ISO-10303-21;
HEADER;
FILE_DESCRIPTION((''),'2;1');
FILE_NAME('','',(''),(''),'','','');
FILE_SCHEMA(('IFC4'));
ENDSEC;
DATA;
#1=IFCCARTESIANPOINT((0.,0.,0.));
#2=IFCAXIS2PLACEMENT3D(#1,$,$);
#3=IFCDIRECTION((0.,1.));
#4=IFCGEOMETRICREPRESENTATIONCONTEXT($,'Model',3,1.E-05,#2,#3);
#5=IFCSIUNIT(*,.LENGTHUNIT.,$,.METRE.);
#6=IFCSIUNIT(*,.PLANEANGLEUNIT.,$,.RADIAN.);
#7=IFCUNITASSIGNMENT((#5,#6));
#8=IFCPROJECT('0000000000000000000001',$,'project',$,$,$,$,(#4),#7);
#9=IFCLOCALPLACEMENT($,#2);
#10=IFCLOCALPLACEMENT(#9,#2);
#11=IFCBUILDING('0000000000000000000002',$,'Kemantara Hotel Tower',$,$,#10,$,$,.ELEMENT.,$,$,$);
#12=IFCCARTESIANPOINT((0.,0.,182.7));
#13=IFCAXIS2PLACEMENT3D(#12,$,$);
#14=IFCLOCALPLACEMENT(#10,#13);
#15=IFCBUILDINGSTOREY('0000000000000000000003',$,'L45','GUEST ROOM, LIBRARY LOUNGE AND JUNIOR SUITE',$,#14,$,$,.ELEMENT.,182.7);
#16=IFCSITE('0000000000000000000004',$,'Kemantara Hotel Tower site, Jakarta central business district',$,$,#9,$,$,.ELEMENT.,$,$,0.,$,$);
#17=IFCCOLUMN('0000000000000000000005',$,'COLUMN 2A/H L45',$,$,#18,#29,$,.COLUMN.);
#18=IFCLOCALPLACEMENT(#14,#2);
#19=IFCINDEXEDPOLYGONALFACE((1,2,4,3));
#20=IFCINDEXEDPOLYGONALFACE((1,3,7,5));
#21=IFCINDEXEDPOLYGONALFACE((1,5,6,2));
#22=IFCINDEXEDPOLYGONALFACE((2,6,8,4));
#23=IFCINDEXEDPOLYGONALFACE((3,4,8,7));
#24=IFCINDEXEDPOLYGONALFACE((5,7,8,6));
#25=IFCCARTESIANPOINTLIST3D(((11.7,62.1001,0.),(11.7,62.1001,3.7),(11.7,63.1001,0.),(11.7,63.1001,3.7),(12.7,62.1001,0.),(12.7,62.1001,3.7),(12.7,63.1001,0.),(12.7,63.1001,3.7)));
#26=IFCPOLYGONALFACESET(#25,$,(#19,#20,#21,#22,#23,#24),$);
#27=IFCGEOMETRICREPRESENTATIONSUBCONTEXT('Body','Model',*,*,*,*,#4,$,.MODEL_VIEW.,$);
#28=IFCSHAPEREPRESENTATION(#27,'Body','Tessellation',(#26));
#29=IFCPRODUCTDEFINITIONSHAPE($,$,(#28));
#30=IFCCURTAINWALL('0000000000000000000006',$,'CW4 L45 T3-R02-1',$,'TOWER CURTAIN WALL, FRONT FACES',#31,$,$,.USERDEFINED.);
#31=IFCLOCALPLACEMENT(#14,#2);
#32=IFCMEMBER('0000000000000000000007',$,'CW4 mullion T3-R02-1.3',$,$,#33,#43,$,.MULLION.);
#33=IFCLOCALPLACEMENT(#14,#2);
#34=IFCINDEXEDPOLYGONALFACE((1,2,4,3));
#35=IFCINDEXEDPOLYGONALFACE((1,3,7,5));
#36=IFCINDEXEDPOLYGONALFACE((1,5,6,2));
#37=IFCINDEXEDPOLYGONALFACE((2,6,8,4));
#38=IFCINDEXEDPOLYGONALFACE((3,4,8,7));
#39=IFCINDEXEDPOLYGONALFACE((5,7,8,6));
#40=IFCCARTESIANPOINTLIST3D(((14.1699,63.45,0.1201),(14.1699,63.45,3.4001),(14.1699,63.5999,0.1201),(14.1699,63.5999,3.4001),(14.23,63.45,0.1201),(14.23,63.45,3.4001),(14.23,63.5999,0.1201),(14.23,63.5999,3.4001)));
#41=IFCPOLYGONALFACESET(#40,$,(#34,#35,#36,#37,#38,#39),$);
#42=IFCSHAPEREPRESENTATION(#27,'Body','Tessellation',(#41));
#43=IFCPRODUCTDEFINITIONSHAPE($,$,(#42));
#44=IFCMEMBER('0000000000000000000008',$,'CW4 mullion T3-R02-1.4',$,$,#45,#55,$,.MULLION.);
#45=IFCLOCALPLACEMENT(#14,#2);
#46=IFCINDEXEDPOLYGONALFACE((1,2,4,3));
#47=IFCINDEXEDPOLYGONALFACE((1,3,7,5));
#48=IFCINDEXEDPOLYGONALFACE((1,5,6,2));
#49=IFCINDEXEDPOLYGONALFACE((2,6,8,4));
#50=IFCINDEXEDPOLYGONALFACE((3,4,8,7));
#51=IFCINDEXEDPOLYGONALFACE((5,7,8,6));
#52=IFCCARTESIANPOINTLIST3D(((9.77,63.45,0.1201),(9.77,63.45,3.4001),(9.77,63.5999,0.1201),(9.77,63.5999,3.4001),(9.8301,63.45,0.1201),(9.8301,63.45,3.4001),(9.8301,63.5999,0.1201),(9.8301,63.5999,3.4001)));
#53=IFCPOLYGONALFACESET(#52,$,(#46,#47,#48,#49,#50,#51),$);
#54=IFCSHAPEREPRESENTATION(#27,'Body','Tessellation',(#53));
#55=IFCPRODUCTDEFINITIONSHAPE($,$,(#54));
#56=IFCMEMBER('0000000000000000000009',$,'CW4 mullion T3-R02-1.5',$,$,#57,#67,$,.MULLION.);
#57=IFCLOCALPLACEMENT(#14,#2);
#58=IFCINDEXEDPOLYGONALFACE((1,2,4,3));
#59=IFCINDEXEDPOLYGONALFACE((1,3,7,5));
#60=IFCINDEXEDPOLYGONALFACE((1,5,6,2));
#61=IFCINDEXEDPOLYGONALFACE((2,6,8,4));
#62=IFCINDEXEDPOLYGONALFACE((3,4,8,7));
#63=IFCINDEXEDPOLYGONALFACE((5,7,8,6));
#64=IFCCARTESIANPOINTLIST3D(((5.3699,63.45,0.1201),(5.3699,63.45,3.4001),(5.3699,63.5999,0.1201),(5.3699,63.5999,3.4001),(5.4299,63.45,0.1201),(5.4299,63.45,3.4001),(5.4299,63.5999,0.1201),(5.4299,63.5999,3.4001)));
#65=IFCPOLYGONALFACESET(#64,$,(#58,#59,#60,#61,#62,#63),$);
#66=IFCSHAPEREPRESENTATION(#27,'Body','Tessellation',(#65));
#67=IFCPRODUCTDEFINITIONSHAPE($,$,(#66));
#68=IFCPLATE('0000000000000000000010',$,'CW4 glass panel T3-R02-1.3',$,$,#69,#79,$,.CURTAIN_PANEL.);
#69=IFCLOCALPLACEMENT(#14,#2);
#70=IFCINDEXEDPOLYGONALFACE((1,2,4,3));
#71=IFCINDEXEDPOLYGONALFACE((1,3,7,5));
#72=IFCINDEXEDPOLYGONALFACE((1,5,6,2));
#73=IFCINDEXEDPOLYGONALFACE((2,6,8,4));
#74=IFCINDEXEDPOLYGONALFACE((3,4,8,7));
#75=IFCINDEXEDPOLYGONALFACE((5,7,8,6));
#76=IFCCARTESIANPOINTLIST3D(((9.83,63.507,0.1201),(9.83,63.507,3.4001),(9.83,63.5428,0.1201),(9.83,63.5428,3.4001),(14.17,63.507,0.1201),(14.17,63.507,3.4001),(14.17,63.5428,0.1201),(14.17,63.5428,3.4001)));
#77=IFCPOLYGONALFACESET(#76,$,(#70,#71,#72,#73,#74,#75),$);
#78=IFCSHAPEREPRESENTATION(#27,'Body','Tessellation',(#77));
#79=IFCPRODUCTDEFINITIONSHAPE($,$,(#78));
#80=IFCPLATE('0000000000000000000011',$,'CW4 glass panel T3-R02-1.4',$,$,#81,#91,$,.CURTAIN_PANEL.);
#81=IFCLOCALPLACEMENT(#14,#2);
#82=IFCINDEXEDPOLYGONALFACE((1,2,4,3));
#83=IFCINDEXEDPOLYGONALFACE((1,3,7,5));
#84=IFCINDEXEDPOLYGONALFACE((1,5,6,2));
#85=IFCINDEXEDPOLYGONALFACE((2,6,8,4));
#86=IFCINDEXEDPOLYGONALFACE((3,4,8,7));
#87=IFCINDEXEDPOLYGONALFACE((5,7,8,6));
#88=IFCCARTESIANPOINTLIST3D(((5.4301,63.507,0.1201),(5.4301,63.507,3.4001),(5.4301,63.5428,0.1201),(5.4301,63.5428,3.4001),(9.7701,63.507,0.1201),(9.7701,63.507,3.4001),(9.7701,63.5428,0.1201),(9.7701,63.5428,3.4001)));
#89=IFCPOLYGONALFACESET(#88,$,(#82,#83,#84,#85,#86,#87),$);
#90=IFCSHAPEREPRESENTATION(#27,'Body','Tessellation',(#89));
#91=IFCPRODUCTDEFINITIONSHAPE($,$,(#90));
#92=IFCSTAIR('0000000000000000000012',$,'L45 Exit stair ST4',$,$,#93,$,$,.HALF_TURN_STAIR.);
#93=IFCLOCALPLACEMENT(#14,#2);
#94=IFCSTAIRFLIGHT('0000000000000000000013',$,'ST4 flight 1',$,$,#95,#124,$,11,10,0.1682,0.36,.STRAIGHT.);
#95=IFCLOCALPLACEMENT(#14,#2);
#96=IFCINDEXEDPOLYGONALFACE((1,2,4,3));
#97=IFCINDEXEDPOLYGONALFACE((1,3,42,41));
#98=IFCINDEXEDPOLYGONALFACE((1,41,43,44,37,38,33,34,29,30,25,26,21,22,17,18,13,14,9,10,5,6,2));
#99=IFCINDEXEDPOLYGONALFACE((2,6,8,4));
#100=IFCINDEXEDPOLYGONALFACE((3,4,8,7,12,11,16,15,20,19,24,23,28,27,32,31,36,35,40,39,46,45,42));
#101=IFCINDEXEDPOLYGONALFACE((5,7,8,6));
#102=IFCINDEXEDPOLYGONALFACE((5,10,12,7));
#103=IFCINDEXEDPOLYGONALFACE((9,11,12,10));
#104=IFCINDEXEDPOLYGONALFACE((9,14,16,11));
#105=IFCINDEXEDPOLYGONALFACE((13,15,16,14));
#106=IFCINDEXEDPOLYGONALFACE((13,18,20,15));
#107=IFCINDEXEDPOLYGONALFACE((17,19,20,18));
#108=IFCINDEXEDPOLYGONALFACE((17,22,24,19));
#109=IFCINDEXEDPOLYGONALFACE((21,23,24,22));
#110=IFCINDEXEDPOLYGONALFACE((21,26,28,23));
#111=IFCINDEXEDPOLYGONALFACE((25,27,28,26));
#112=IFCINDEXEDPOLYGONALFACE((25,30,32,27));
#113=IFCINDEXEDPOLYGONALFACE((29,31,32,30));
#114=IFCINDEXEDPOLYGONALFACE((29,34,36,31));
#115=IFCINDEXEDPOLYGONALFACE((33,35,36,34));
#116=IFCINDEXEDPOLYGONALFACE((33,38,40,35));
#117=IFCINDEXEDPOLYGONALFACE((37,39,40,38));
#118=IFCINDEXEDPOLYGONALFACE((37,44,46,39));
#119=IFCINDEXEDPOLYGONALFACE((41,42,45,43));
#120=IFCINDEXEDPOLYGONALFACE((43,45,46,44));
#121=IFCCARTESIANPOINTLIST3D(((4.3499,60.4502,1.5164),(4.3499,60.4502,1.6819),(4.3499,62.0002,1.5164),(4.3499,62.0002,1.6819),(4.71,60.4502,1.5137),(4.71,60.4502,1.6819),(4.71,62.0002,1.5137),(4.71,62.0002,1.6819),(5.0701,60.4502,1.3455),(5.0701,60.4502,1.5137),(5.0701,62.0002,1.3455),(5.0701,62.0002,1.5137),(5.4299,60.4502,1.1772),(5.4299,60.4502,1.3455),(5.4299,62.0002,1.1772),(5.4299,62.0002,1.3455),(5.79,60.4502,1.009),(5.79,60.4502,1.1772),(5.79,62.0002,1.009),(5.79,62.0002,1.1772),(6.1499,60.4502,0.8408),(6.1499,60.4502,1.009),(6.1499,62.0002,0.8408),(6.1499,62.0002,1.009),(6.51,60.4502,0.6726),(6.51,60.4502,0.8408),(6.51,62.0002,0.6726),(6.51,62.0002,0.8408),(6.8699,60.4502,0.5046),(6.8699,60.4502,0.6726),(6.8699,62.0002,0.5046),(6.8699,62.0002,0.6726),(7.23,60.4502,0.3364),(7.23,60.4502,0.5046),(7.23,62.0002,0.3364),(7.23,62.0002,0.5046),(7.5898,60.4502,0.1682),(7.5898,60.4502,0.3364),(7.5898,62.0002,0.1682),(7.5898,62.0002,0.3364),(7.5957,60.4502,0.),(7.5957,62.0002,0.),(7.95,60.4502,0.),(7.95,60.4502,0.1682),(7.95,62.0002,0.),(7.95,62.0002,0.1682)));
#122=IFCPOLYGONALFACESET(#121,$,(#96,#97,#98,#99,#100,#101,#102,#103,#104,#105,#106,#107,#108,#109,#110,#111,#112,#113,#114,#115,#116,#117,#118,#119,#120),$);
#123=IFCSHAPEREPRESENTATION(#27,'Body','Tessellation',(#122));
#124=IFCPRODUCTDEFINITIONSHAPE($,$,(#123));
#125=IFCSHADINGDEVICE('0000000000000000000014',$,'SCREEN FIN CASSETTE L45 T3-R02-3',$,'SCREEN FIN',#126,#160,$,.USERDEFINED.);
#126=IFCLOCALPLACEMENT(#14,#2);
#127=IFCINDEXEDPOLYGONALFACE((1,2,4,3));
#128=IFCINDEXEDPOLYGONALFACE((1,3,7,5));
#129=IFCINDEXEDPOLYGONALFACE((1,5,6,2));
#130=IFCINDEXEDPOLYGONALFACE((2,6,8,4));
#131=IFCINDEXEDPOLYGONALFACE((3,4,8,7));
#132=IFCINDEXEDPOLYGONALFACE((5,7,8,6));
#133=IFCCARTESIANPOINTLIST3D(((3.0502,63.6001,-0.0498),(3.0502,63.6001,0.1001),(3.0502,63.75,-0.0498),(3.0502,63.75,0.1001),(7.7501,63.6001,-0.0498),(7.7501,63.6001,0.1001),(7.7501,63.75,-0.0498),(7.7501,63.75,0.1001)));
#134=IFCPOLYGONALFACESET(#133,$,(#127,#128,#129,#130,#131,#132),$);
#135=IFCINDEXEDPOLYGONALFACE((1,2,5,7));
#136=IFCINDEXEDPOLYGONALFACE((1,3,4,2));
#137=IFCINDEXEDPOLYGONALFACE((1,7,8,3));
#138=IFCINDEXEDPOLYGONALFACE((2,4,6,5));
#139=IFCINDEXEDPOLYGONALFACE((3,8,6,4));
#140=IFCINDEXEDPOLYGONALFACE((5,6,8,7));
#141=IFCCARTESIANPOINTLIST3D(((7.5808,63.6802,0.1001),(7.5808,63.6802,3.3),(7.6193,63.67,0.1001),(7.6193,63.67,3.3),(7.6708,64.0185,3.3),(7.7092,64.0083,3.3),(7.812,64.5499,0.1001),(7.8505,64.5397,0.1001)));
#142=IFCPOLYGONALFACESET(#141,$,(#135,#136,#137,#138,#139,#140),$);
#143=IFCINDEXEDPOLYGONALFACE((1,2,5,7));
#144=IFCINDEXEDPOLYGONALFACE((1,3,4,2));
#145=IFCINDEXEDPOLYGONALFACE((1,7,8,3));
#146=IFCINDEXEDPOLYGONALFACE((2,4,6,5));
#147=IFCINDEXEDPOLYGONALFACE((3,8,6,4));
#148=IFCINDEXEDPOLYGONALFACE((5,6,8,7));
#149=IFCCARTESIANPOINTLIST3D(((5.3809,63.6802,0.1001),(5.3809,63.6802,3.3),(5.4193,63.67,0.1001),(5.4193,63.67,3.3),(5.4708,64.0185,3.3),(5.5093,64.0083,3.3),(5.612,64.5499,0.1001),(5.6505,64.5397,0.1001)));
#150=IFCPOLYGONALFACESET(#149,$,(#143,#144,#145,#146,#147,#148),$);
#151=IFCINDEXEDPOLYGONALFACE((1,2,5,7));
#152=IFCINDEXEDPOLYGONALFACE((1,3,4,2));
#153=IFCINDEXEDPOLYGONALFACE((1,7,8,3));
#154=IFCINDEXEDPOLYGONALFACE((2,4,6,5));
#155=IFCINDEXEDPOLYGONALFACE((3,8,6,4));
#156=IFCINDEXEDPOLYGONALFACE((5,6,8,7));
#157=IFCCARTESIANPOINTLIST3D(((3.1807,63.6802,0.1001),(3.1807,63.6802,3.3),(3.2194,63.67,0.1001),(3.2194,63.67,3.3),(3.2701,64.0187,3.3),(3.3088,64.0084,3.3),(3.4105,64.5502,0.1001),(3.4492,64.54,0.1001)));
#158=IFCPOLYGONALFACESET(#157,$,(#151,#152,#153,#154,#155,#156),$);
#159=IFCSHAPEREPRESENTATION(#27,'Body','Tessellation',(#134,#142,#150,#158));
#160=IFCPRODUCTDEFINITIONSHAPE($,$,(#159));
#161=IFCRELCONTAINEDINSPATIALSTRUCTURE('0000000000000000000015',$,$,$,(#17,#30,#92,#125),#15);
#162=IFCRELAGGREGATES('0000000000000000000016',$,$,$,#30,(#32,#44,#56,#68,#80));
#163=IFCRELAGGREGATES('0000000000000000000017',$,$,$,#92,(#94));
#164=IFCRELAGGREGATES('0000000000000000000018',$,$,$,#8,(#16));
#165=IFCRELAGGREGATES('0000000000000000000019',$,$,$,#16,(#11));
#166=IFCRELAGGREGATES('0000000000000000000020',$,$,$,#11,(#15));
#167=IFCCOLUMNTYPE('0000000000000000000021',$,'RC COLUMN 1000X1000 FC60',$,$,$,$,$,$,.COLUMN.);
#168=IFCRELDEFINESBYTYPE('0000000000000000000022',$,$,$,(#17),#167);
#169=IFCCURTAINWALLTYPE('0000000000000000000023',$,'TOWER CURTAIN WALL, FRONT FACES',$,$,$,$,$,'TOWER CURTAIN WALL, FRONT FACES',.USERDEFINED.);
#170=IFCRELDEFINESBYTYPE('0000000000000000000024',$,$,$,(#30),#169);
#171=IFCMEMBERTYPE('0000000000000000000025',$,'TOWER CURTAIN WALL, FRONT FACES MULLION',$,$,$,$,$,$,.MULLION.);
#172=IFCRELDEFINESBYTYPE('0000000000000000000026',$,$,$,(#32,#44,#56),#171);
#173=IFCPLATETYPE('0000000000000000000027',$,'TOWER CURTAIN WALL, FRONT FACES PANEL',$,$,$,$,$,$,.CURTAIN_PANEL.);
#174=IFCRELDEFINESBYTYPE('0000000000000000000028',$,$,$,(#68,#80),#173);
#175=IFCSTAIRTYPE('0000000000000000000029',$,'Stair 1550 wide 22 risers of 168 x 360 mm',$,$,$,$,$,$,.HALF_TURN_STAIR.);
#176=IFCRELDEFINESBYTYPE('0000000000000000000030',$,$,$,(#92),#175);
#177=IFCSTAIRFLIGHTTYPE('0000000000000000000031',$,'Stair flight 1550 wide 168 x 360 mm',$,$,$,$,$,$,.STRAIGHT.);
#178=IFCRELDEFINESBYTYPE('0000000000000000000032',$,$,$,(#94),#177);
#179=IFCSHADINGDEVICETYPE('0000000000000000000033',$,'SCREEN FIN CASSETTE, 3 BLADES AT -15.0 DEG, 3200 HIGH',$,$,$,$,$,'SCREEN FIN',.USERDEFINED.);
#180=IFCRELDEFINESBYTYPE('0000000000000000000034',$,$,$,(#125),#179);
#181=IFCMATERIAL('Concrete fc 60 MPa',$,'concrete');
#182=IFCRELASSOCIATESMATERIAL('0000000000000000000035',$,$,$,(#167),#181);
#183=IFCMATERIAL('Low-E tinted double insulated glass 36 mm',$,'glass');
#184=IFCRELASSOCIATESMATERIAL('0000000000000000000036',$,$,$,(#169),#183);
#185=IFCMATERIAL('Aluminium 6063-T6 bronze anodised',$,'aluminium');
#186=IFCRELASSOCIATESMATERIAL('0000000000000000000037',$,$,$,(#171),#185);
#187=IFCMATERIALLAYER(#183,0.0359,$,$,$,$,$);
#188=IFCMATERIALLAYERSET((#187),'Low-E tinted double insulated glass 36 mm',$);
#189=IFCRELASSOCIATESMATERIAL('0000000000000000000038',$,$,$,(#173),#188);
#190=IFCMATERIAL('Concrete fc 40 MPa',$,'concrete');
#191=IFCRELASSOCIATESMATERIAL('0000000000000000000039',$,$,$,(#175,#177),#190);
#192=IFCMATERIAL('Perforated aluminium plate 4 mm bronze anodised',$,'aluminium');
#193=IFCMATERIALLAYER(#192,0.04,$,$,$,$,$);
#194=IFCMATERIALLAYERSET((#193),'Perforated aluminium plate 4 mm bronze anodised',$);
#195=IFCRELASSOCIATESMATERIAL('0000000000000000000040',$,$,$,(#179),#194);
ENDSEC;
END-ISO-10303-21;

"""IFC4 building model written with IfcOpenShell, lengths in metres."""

from ifc_helpers import new_model, si_unit, direction, frame, origin, origin_2d, place, context, subcontext, project, spatial, polyline, rectangle, outline, extrude, source, transform, mapped, material, layer, layer_set, material_profile, profile_set, type_object, element, aggregate, save


model = new_model("IFC4")

# Units and contexts
model_context = context("Model", 3, precision=1e-05, world=origin(), true_north=direction((0.0, 1.0)))
body_context = subcontext(model_context, "Body", "Model", "MODEL_VIEW")
ifc_project = project(units=[si_unit("LENGTHUNIT", "METRE"), si_unit("PLANEANGLEUNIT", "RADIAN")], contexts=[model_context])

# Site, building, storey
site_placement = place(None, origin())
site = spatial("IfcSite", under=ifc_project, at=site_placement, Name="Kemantara Hotel Tower site, Jakarta central business district", CompositionType="ELEMENT", RefElevation=0.0)
building_placement = place(site_placement, origin())
building = spatial("IfcBuilding", under=site, at=building_placement, Name="Kemantara Hotel Tower", CompositionType="ELEMENT")
storey_placement = place(building_placement, frame((0.0, 0.0, 182.7)))
storey = spatial("IfcBuildingStorey", under=building, at=storey_placement, Name="L45", Description="GUEST ROOM, LIBRARY LOUNGE AND JUNIOR SUITE", CompositionType="ELEMENT", Elevation=182.7)

# Column
ifc_material_1 = material(Name="Concrete fc 60 MPa", Category="concrete")
ifc_material_profile_1 = material_profile(ifc_material_1, rectangle(XDim=1.0, YDim=1.0, at=origin_2d()), Name="RC 1000X1000")
ifc_profile_set_1 = profile_set([ifc_material_profile_1], Name="Concrete fc 60 MPa")
column_type = type_object("IfcColumnType", Name="RC COLUMN 1000X1000 FC60", PredefinedType="COLUMN", material=ifc_profile_set_1)
column_placement = place(storey_placement, frame((12.2, 62.6001, 0.0), z_axis=(0.0, 0.0, 1.0), x_axis=(1.0, 0.0, 0.0)))
element("IfcColumn", 1, at=column_placement, inside=storey, type_object=column_type, Name="COLUMN 2A/H L45", PredefinedType="COLUMN", context=body_context, shape_type="SweptSolid", body=[
    extrude(rectangle(XDim=1.0, YDim=1.0, at=origin_2d()), origin(), (0.0, 0.0, 1.0), 3.7),
])

# Curtain wall, members, plates
ifc_material_2 = material(Name="Low-E tinted double insulated glass 36 mm", Category="glass")
curtain_wall_type = type_object("IfcCurtainWallType", Name="TOWER CURTAIN WALL, FRONT FACES", ElementType="TOWER CURTAIN WALL, FRONT FACES", PredefinedType="USERDEFINED", material=ifc_material_2)
curtain_wall_placement = place(storey_placement, origin())
curtain_wall = element("IfcCurtainWall", 2, at=curtain_wall_placement, inside=storey, type_object=curtain_wall_type, Name="CW4 L45 T3-R02-1", ObjectType="TOWER CURTAIN WALL, FRONT FACES", PredefinedType="USERDEFINED")
ifc_material_3 = material(Name="Aluminium 6063-T6 bronze anodised", Category="aluminium")
ifc_material_profile_2 = material_profile(ifc_material_3, rectangle(XDim=0.1499, YDim=0.0601, at=origin_2d()), Name="TOWER CURTAIN WALL, FRONT FACES MULLION")
ifc_profile_set_2 = profile_set([ifc_material_profile_2], Name="Aluminium 6063-T6 bronze anodised")
member_type = type_object("IfcMemberType", Name="TOWER CURTAIN WALL, FRONT FACES MULLION", PredefinedType="MULLION", material=ifc_profile_set_2)
shared_shape_1 = source(origin(), body_context, "Body", "SweptSolid", [
    extrude(rectangle(XDim=0.1499, YDim=0.0601, at=origin_2d()), origin(), (0.0, 0.0, 1.0), 3.28),
])
member_1_placement = place(storey_placement, frame((14.2, 63.5249, 0.1201), z_axis=(0.0, 0.0, 1.0), x_axis=(0.0, -1.0, 0.0)))
member_1 = element("IfcMember", 3, at=member_1_placement, type_object=member_type, Name="CW4 mullion T3-R02-1.3", PredefinedType="MULLION", context=body_context, shape_type="MappedRepresentation", body=[
    mapped(shared_shape_1, transform((0.0, 0.0, 0.0))),
])
member_2_placement = place(storey_placement, frame((9.8, 63.5249, 0.1201), z_axis=(0.0, 0.0, 1.0), x_axis=(0.0, -1.0, 0.0)))
member_2 = element("IfcMember", 4, at=member_2_placement, type_object=member_type, Name="CW4 mullion T3-R02-1.4", PredefinedType="MULLION", context=body_context, shape_type="MappedRepresentation", body=[
    mapped(shared_shape_1, transform((0.0, 0.0, 0.0))),
])
member_3_placement = place(storey_placement, frame((5.3999, 63.5249, 0.1201), z_axis=(0.0, 0.0, 1.0), x_axis=(0.0, -1.0, 0.0)))
member_3 = element("IfcMember", 5, at=member_3_placement, type_object=member_type, Name="CW4 mullion T3-R02-1.5", PredefinedType="MULLION", context=body_context, shape_type="MappedRepresentation", body=[
    mapped(shared_shape_1, transform((0.0, 0.0, 0.0))),
])
ifc_layer_1 = layer(ifc_material_2, 0.0359)
ifc_layer_set_1 = layer_set([ifc_layer_1], Name="Low-E tinted double insulated glass 36 mm")
plate_type = type_object("IfcPlateType", Name="TOWER CURTAIN WALL, FRONT FACES PANEL", PredefinedType="CURTAIN_PANEL", material=ifc_layer_set_1)
shared_shape_2 = source(origin(), body_context, "Body", "SweptSolid", [
    extrude(rectangle(XDim=4.3401, YDim=0.0359, at=origin_2d()), origin(), (0.0, 0.0, 1.0), 3.28),
])
plate_1_placement = place(storey_placement, frame((12.0, 63.5249, 0.1201), z_axis=(0.0, 0.0, 1.0), x_axis=(-1.0, 0.0, 0.0)))
plate_1 = element("IfcPlate", 6, at=plate_1_placement, type_object=plate_type, Name="CW4 glass panel T3-R02-1.3", PredefinedType="CURTAIN_PANEL", context=body_context, shape_type="MappedRepresentation", body=[
    mapped(shared_shape_2, transform((0.0, 0.0, 0.0))),
])
plate_2_placement = place(storey_placement, frame((7.6001, 63.5249, 0.1201), z_axis=(0.0, 0.0, 1.0), x_axis=(-1.0, 0.0, 0.0)))
plate_2 = element("IfcPlate", 7, at=plate_2_placement, type_object=plate_type, Name="CW4 glass panel T3-R02-1.4", PredefinedType="CURTAIN_PANEL", context=body_context, shape_type="MappedRepresentation", body=[
    mapped(shared_shape_2, transform((0.0, 0.0, 0.0))),
])
aggregate(curtain_wall, [member_1, member_2, member_3, plate_1, plate_2])

# Stair, stair flight
ifc_material_4 = material(Name="Concrete fc 40 MPa", Category="concrete")
stair_type = type_object("IfcStairType", Name="Stair 1550 wide 22 risers of 168 x 360 mm", PredefinedType="HALF_TURN_STAIR", material=ifc_material_4)
stair_placement = place(storey_placement, origin())
stair = element("IfcStair", 8, at=stair_placement, inside=storey, type_object=stair_type, Name="L45 Exit stair ST4", PredefinedType="HALF_TURN_STAIR")
stair_flight_type = type_object("IfcStairFlightType", Name="Stair flight 1550 wide 168 x 360 mm", PredefinedType="STRAIGHT", material=ifc_material_4)
stair_flight_placement = place(storey_placement, frame((7.95, 61.2251, 0.0), z_axis=(0.0, 0.0, 1.0), x_axis=(-1.0, 0.0, 0.0)))
stair_flight = element("IfcStairFlight", 9, at=stair_flight_placement, type_object=stair_flight_type, Name="ST4 flight 1", NumberOfRisers=11, NumberOfTreads=10, PredefinedType="STRAIGHT", RiserHeight=0.1682, TreadLength=0.36, context=body_context, shape_type="SweptSolid", body=[
    extrude(outline(polyline([(0.0, 0.0), (0.0, 0.1682), (0.3601, 0.1682), (0.3601, 0.3364), (0.72, 0.3364), (0.72, 0.5046), (1.0801, 0.5046), (1.0801, 0.6726), (1.4399, 0.6726), (1.4399, 0.8408), (1.8, 0.8408), (1.8, 1.009), (2.1599, 1.009), (2.1599, 1.1772), (2.52, 1.1772), (2.52, 1.3455), (2.8799, 1.3455), (2.8799, 1.5137), (3.24, 1.5137), (3.24, 1.6819), (3.6001, 1.6819), (3.6001, 1.8501), (3.6001, 1.5164), (0.3542, 0.0), (0.0, 0.0)])), frame((0.0, 0.7749, 0.0), z_axis=(0.0, -1.0, 0.0), x_axis=(1.0, 0.0, 0.0)), (0.0, 0.0, 1.0), 1.55),
])
aggregate(stair, [stair_flight])

# Shading device
ifc_material_5 = material(Name="Perforated aluminium plate 4 mm bronze anodised", Category="aluminium")
ifc_layer_2 = layer(ifc_material_5, 0.04)
ifc_layer_set_2 = layer_set([ifc_layer_2], Name="Perforated aluminium plate 4 mm bronze anodised")
shading_device_type = type_object("IfcShadingDeviceType", Name="SCREEN FIN CASSETTE, 3 BLADES AT -15.0 DEG, 3200 HIGH", ElementType="SCREEN FIN", PredefinedType="USERDEFINED", material=ifc_layer_set_2)
shared_shape_3 = source(origin(), body_context, "Body", "SweptSolid", [
    extrude(rectangle(XDim=4.7, YDim=0.1499, at=origin_2d()), frame((2.2, -0.075, -0.1499), z_axis=(0.0, 0.0, 1.0), x_axis=(1.0, 0.0, 0.0)), (0.0, 0.0, 1.0), 0.1499),
    extrude(outline(polyline([(0.0, 0.0), (0.8999, 0.0), (0.3501, 3.2), (0.0, 3.2), (0.0, 0.0)])), frame((0.0193, -0.0801, 0.0), z_axis=(-0.966438, 0.256901, 0.0), x_axis=(-0.256901, -0.966438, 0.0)), (0.0, 0.0, 1.0), 0.0398),
    extrude(outline(polyline([(0.0, 0.0), (0.8999, 0.0), (0.3501, 3.2), (0.0, 3.2), (0.0, 0.0)])), frame((2.2192, -0.0801, 0.0), z_axis=(-0.966438, 0.256901, 0.0), x_axis=(-0.256901, -0.966438, 0.0)), (0.0, 0.0, 1.0), 0.0398),
    extrude(outline(polyline([(0.0, 0.0), (0.8999, 0.0), (0.3501, 3.2), (0.0, 3.2), (0.0, 0.0)])), frame((4.4194, -0.0801, 0.0), z_axis=(-0.966838, 0.255391, 0.0), x_axis=(-0.255391, -0.966838, 0.0)), (0.0, 0.0, 1.0), 0.04),
])
shading_device_placement = place(storey_placement, frame((7.6001, 63.6001, 0.1001), z_axis=(0.0, 0.0, 1.0), x_axis=(-1.0, 0.0, 0.0)))
element("IfcShadingDevice", 10, at=shading_device_placement, inside=storey, type_object=shading_device_type, Name="SCREEN FIN CASSETTE L45 T3-R02-3", ObjectType="SCREEN FIN", PredefinedType="USERDEFINED", context=body_context, shape_type="MappedRepresentation", body=[
    mapped(shared_shape_3, transform((0.0, 0.0, 0.0))),
])

save(model, "model.ifc")
